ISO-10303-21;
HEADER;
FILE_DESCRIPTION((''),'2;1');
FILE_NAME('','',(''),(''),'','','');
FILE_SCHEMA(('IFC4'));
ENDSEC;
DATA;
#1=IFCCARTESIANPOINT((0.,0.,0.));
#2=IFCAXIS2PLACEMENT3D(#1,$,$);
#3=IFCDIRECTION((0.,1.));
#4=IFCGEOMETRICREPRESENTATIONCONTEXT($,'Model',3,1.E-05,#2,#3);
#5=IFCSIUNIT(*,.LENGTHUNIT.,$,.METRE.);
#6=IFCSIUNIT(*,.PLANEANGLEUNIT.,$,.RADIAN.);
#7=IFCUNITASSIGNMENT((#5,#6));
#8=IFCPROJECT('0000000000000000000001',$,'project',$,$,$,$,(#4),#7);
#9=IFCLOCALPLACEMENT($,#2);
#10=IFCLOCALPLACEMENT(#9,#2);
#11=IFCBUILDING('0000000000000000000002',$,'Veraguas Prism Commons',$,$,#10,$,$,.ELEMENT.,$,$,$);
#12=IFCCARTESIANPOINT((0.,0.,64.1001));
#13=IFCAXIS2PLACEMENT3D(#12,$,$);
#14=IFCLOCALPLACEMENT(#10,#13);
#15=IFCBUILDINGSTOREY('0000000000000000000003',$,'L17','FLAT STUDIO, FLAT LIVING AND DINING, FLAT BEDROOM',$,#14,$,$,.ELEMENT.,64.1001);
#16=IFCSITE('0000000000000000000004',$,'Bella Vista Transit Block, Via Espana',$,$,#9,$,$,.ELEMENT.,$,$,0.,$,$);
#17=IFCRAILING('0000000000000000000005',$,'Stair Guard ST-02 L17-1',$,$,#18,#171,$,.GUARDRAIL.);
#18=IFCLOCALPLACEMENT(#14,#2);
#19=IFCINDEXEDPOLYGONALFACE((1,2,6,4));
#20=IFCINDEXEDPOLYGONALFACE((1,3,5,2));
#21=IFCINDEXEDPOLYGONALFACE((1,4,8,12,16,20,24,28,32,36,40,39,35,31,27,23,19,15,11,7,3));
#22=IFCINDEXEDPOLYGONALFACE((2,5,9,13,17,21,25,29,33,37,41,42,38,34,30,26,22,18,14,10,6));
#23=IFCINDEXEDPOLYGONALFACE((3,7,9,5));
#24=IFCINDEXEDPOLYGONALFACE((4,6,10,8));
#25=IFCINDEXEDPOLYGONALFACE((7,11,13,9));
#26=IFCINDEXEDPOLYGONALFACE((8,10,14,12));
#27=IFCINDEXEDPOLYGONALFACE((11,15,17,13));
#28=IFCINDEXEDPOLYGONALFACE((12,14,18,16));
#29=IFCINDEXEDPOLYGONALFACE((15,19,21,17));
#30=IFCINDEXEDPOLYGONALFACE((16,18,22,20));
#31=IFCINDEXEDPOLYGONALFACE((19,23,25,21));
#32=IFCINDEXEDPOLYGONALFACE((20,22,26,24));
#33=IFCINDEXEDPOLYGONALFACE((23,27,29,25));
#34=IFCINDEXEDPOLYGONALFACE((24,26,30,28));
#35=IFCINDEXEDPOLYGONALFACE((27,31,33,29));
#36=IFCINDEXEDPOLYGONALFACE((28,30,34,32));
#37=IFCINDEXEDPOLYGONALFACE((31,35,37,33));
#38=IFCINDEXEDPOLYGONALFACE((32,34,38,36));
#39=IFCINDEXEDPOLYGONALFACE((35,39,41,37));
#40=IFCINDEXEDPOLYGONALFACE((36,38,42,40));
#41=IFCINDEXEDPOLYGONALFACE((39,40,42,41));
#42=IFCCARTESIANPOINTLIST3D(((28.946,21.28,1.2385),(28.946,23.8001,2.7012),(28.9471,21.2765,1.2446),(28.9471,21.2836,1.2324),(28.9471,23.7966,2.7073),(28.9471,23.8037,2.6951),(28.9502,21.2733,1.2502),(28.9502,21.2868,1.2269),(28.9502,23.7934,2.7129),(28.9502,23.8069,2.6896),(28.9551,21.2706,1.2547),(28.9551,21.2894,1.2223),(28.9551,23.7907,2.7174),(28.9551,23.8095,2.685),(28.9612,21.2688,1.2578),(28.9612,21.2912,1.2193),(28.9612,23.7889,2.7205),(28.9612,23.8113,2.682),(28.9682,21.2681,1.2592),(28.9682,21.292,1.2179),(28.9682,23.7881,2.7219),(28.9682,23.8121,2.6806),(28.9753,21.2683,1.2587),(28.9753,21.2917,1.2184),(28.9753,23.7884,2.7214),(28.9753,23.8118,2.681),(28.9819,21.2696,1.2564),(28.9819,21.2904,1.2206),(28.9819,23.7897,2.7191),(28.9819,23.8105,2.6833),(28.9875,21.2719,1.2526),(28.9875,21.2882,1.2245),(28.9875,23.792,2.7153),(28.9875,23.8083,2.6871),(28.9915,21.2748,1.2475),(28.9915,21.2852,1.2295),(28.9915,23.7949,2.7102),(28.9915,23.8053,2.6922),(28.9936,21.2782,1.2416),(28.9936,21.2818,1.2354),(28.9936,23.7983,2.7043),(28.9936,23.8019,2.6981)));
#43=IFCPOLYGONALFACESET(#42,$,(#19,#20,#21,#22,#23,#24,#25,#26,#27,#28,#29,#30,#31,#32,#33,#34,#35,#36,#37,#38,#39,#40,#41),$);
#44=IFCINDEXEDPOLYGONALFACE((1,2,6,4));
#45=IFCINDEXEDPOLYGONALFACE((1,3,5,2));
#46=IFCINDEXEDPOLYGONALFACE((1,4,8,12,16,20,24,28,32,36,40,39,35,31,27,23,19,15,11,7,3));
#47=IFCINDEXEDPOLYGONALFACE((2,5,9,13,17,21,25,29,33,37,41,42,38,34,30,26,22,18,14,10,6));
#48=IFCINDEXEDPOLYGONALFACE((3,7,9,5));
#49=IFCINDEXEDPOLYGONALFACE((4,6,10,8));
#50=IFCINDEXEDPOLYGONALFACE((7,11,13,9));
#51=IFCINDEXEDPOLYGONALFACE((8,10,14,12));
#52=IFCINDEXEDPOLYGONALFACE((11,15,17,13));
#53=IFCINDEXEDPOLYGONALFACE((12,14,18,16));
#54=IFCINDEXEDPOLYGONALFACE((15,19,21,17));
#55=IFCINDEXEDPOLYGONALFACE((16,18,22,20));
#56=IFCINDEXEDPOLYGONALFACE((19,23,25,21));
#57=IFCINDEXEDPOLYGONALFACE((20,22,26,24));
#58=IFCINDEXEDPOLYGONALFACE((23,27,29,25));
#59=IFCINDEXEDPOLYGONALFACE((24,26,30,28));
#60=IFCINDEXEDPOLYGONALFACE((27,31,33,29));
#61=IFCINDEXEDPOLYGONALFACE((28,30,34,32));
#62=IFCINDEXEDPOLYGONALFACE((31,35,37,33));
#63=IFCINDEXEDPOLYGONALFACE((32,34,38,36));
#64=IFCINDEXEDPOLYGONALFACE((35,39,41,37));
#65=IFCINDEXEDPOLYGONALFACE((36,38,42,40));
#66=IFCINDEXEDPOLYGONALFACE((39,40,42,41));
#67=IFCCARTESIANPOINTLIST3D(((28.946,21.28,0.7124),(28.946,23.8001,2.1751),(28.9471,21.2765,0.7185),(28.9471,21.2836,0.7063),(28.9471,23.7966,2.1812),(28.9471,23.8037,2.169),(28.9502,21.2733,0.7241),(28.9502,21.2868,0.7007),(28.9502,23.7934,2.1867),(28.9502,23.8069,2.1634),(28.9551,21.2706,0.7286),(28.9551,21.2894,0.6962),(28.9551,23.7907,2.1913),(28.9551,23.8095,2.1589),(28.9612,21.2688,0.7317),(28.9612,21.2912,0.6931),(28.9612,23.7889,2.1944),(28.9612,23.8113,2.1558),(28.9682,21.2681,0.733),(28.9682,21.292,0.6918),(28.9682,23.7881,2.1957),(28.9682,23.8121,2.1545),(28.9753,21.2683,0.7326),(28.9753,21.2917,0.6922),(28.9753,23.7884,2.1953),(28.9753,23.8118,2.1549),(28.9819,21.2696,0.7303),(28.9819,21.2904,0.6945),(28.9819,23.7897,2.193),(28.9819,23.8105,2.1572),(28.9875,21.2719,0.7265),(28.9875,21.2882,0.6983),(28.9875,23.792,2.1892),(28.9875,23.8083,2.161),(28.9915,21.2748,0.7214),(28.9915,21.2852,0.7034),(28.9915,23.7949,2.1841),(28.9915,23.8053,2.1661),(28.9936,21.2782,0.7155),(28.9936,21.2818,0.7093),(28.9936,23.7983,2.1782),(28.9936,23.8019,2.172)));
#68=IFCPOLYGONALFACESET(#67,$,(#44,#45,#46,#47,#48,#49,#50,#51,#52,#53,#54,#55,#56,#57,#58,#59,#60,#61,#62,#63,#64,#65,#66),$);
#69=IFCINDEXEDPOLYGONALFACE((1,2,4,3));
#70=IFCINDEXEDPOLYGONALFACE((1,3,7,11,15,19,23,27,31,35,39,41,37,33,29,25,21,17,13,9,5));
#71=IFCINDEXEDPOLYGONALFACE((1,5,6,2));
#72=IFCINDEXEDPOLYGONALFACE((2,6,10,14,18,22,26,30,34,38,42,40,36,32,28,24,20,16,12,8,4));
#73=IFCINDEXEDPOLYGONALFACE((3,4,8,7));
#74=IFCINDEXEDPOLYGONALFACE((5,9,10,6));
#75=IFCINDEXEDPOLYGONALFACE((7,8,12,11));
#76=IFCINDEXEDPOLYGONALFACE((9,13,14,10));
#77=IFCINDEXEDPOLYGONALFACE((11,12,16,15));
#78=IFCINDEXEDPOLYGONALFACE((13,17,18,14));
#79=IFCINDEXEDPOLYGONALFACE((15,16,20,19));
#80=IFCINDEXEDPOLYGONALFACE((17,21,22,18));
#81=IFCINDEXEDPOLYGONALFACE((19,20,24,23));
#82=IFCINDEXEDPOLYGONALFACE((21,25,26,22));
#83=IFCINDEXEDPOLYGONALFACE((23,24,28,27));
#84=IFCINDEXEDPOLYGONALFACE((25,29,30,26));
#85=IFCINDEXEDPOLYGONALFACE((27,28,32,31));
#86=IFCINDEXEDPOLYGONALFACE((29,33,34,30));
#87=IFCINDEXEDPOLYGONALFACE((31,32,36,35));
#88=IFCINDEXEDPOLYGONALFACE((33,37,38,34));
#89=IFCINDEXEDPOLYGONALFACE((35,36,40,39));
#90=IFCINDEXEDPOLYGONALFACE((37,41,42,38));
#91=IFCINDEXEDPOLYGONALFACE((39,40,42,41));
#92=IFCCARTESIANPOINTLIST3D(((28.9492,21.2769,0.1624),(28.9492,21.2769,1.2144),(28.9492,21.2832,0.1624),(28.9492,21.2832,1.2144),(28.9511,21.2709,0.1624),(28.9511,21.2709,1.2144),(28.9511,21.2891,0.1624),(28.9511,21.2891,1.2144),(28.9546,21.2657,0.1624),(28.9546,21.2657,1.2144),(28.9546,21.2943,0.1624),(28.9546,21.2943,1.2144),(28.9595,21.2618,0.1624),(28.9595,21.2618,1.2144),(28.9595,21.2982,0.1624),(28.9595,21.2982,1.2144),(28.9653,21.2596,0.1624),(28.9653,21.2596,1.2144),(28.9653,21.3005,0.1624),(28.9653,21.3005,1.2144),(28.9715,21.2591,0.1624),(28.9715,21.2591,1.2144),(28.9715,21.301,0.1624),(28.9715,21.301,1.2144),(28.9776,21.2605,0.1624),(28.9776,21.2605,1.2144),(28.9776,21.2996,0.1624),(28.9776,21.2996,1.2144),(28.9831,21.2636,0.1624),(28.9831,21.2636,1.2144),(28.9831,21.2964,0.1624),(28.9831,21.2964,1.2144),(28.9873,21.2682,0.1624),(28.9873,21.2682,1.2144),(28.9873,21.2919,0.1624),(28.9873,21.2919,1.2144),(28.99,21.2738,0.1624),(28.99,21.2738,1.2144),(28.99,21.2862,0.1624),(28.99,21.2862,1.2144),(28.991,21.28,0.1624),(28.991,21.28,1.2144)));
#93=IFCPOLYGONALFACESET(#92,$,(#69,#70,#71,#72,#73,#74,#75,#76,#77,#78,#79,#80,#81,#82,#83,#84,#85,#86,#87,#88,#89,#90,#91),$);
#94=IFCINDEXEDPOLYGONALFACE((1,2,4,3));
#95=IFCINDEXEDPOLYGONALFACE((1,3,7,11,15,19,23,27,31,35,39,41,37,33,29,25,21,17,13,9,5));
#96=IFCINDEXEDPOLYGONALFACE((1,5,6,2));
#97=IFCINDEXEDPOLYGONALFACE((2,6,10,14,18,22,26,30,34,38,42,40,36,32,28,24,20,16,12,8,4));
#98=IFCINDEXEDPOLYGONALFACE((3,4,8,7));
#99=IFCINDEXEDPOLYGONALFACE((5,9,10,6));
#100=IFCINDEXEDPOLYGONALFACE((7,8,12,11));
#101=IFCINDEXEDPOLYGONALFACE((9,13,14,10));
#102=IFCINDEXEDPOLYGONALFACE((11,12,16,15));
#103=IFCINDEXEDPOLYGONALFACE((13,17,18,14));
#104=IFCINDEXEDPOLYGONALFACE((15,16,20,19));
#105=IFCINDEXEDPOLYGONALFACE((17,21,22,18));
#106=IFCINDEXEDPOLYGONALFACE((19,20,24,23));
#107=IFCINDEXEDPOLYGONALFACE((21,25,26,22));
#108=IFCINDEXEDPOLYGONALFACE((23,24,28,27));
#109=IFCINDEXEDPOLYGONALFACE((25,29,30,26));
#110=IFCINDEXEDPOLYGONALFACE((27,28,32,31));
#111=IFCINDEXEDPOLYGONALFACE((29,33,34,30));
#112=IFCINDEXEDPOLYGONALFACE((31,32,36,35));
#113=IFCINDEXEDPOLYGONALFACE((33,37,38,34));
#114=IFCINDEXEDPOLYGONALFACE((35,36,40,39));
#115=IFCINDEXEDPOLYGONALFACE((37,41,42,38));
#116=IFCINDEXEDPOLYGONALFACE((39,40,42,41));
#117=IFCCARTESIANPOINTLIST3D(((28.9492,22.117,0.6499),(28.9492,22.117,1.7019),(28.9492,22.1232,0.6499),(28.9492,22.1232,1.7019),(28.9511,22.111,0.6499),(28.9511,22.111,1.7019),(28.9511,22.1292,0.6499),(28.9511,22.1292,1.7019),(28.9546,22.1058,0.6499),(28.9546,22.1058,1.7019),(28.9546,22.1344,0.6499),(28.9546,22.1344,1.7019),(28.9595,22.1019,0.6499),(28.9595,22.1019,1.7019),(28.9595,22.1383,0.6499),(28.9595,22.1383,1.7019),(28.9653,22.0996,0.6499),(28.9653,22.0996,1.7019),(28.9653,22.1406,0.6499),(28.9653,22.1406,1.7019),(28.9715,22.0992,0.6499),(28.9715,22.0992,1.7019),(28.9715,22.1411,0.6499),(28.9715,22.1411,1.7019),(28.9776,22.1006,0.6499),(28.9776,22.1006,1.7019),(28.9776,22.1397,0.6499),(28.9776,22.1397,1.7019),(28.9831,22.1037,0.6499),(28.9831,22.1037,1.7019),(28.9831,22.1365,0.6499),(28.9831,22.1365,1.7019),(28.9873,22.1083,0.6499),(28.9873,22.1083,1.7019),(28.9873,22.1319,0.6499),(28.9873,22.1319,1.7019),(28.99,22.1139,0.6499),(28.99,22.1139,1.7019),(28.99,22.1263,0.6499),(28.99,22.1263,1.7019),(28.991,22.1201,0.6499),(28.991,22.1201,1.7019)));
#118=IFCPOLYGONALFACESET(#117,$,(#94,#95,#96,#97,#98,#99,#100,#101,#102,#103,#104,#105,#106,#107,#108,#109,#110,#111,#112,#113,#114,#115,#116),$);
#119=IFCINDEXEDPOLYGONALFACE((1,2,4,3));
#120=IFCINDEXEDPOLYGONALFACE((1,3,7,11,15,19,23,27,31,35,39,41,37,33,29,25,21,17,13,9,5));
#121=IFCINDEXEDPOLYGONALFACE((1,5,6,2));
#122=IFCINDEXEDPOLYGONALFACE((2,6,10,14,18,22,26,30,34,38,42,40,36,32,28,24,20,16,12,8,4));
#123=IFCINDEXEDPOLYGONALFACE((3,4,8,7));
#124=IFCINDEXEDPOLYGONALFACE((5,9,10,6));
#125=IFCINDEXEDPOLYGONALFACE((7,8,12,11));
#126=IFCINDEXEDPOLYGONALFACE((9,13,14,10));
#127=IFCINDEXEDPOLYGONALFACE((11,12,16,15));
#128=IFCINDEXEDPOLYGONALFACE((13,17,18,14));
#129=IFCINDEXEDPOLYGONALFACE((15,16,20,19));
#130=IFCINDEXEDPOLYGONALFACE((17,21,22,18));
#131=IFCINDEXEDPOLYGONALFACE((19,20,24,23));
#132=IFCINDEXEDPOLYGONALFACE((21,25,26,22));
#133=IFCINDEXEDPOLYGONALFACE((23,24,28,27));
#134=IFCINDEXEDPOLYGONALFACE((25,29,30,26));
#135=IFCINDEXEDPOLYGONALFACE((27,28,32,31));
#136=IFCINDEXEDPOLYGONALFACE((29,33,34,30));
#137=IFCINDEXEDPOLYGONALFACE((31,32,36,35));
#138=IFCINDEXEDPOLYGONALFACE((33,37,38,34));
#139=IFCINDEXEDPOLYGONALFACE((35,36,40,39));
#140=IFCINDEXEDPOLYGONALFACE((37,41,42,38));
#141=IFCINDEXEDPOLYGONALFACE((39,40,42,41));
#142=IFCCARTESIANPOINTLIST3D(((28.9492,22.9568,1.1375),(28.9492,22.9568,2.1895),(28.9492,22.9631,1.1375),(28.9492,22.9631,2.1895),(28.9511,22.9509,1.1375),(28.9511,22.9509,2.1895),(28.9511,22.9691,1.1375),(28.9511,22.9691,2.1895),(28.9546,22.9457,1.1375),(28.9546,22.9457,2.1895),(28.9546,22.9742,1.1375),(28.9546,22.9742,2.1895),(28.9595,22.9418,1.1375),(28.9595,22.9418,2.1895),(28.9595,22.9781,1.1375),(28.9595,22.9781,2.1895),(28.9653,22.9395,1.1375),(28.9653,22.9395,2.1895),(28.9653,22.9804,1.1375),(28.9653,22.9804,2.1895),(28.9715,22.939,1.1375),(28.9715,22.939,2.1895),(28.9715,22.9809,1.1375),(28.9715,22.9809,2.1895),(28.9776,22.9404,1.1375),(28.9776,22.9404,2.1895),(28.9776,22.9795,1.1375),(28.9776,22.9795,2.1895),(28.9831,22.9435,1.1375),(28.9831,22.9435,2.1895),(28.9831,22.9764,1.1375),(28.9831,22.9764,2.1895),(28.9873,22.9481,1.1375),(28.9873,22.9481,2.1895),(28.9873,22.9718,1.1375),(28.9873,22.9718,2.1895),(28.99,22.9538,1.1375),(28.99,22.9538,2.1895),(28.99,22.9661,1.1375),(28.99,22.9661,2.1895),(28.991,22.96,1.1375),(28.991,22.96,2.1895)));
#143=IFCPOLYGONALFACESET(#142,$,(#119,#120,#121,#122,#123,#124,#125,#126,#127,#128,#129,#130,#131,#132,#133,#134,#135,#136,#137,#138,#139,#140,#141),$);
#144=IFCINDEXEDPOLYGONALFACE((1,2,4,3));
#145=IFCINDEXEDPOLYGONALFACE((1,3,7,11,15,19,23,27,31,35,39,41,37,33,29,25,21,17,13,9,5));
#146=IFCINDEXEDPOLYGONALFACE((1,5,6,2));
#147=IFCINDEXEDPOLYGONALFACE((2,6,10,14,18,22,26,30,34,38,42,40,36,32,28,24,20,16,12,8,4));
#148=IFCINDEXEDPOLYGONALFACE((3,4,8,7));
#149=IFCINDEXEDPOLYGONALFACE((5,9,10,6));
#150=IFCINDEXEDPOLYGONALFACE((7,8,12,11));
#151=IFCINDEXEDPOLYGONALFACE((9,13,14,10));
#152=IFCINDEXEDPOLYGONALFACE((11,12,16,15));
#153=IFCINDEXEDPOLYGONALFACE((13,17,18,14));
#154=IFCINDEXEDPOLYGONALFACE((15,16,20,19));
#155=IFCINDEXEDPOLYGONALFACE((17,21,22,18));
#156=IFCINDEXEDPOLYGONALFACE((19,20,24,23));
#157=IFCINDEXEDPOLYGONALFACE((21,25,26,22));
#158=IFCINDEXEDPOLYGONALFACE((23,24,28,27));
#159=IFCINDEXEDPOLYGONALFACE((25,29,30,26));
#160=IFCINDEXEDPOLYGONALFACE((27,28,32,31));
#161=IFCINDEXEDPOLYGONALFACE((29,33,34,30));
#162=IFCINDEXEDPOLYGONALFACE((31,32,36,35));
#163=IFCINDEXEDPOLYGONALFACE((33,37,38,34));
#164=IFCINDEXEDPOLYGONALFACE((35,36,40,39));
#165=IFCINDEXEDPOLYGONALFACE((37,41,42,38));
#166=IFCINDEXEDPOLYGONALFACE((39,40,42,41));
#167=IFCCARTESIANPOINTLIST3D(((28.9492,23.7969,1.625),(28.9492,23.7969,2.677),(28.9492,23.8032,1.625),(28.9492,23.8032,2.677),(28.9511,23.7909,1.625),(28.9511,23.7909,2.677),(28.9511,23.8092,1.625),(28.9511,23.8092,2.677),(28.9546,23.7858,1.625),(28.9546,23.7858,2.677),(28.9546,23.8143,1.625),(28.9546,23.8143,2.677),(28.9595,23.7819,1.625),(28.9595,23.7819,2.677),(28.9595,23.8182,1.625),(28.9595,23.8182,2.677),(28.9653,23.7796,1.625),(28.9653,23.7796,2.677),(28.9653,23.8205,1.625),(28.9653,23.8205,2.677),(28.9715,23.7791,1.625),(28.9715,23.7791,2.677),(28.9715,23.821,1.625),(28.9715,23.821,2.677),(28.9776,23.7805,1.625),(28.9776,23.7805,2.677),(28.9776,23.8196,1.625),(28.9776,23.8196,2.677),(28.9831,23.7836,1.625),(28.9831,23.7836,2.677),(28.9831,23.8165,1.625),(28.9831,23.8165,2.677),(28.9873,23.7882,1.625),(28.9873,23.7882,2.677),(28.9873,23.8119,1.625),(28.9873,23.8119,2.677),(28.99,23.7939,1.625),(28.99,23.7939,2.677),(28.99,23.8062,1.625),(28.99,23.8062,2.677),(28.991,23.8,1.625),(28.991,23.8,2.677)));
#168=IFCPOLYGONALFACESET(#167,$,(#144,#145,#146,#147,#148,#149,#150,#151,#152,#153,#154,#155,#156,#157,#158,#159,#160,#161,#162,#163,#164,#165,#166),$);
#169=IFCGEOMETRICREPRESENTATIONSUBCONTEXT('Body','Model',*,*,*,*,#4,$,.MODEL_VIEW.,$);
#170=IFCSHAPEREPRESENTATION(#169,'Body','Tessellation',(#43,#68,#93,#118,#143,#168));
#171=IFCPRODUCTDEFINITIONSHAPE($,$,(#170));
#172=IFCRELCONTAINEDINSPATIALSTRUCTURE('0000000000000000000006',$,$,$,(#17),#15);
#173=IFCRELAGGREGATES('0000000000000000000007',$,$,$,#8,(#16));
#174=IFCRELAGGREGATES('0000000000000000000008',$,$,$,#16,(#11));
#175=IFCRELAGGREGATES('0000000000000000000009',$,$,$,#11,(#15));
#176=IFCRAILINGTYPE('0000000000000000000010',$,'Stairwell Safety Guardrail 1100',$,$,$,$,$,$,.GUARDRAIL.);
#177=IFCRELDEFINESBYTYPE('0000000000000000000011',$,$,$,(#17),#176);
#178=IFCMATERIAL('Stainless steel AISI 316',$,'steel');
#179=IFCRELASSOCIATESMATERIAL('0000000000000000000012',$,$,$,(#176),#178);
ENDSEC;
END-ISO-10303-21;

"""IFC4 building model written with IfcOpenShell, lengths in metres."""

from ifc_helpers import new_model, si_unit, direction, frame, origin, origin_2d, place, context, subcontext, project, spatial, circle, extrude, material, type_object, element, save


model = new_model("IFC4")

# Units and contexts
model_context = context("Model", 3, precision=1e-05, world=origin(), true_north=direction((0.0, 1.0)))
body_context = subcontext(model_context, "Body", "Model", "MODEL_VIEW")
ifc_project = project(units=[si_unit("LENGTHUNIT", "METRE"), si_unit("PLANEANGLEUNIT", "RADIAN")], contexts=[model_context])

# Site, building, storey
site_placement = place(None, origin())
site = spatial("IfcSite", under=ifc_project, at=site_placement, Name="Bella Vista Transit Block, Via Espana", CompositionType="ELEMENT", RefElevation=0.0)
building_placement = place(site_placement, origin())
building = spatial("IfcBuilding", under=site, at=building_placement, Name="Veraguas Prism Commons", CompositionType="ELEMENT")
storey_placement = place(building_placement, frame((0.0, 0.0, 64.1001)))
storey = spatial("IfcBuildingStorey", under=building, at=storey_placement, Name="L17", Description="FLAT STUDIO, FLAT LIVING AND DINING, FLAT BEDROOM", CompositionType="ELEMENT", Elevation=64.1001)

# Shared definitions
ifc_material_1 = material(Name="Stainless steel AISI 316", Category="steel")

# Railing
railing_type_1 = type_object("IfcRailingType", Name="Stairwell Safety Guardrail 1100", PredefinedType="GUARDRAIL", material=ifc_material_1)
railing_1_placement = place(storey_placement, frame((28.97, 21.28, 0.1624)))
element("IfcRailing", 1, at=railing_1_placement, inside=storey, type_object=railing_type_1, Name="Stair Guard ST-02 L17-1", PredefinedType="GUARDRAIL", context=body_context, shape_type="SweptSolid", body=[
    extrude(circle(Radius=0.0239, at=origin_2d()), frame((0.0, 0.0, 1.0762), z_axis=(0.0, 0.864877, 0.501984), x_axis=(-1.0, 0.0, 0.0)), (0.0, 0.0, 1.0), 2.9138),
    extrude(circle(Radius=0.0239, at=origin_2d()), frame((0.0, 0.0, 0.55), z_axis=(0.0, 0.864877, 0.501984), x_axis=(-1.0, 0.0, 0.0)), (0.0, 0.0, 1.0), 2.9138),
    extrude(circle(Radius=0.021, at=origin_2d()), origin(), (0.0, 0.0, 1.0), 1.052),
    extrude(circle(Radius=0.021, at=origin_2d()), frame((0.0, 0.8401, 0.4875)), (0.0, 0.0, 1.0), 1.052),
    extrude(circle(Radius=0.021, at=origin_2d()), frame((0.0, 1.6799, 0.9751)), (0.0, 0.0, 1.0), 1.052),
    extrude(circle(Radius=0.021, at=origin_2d()), frame((0.0, 2.52, 1.4626)), (0.0, 0.0, 1.0), 1.052),
])

save(model, "model.ifc")
